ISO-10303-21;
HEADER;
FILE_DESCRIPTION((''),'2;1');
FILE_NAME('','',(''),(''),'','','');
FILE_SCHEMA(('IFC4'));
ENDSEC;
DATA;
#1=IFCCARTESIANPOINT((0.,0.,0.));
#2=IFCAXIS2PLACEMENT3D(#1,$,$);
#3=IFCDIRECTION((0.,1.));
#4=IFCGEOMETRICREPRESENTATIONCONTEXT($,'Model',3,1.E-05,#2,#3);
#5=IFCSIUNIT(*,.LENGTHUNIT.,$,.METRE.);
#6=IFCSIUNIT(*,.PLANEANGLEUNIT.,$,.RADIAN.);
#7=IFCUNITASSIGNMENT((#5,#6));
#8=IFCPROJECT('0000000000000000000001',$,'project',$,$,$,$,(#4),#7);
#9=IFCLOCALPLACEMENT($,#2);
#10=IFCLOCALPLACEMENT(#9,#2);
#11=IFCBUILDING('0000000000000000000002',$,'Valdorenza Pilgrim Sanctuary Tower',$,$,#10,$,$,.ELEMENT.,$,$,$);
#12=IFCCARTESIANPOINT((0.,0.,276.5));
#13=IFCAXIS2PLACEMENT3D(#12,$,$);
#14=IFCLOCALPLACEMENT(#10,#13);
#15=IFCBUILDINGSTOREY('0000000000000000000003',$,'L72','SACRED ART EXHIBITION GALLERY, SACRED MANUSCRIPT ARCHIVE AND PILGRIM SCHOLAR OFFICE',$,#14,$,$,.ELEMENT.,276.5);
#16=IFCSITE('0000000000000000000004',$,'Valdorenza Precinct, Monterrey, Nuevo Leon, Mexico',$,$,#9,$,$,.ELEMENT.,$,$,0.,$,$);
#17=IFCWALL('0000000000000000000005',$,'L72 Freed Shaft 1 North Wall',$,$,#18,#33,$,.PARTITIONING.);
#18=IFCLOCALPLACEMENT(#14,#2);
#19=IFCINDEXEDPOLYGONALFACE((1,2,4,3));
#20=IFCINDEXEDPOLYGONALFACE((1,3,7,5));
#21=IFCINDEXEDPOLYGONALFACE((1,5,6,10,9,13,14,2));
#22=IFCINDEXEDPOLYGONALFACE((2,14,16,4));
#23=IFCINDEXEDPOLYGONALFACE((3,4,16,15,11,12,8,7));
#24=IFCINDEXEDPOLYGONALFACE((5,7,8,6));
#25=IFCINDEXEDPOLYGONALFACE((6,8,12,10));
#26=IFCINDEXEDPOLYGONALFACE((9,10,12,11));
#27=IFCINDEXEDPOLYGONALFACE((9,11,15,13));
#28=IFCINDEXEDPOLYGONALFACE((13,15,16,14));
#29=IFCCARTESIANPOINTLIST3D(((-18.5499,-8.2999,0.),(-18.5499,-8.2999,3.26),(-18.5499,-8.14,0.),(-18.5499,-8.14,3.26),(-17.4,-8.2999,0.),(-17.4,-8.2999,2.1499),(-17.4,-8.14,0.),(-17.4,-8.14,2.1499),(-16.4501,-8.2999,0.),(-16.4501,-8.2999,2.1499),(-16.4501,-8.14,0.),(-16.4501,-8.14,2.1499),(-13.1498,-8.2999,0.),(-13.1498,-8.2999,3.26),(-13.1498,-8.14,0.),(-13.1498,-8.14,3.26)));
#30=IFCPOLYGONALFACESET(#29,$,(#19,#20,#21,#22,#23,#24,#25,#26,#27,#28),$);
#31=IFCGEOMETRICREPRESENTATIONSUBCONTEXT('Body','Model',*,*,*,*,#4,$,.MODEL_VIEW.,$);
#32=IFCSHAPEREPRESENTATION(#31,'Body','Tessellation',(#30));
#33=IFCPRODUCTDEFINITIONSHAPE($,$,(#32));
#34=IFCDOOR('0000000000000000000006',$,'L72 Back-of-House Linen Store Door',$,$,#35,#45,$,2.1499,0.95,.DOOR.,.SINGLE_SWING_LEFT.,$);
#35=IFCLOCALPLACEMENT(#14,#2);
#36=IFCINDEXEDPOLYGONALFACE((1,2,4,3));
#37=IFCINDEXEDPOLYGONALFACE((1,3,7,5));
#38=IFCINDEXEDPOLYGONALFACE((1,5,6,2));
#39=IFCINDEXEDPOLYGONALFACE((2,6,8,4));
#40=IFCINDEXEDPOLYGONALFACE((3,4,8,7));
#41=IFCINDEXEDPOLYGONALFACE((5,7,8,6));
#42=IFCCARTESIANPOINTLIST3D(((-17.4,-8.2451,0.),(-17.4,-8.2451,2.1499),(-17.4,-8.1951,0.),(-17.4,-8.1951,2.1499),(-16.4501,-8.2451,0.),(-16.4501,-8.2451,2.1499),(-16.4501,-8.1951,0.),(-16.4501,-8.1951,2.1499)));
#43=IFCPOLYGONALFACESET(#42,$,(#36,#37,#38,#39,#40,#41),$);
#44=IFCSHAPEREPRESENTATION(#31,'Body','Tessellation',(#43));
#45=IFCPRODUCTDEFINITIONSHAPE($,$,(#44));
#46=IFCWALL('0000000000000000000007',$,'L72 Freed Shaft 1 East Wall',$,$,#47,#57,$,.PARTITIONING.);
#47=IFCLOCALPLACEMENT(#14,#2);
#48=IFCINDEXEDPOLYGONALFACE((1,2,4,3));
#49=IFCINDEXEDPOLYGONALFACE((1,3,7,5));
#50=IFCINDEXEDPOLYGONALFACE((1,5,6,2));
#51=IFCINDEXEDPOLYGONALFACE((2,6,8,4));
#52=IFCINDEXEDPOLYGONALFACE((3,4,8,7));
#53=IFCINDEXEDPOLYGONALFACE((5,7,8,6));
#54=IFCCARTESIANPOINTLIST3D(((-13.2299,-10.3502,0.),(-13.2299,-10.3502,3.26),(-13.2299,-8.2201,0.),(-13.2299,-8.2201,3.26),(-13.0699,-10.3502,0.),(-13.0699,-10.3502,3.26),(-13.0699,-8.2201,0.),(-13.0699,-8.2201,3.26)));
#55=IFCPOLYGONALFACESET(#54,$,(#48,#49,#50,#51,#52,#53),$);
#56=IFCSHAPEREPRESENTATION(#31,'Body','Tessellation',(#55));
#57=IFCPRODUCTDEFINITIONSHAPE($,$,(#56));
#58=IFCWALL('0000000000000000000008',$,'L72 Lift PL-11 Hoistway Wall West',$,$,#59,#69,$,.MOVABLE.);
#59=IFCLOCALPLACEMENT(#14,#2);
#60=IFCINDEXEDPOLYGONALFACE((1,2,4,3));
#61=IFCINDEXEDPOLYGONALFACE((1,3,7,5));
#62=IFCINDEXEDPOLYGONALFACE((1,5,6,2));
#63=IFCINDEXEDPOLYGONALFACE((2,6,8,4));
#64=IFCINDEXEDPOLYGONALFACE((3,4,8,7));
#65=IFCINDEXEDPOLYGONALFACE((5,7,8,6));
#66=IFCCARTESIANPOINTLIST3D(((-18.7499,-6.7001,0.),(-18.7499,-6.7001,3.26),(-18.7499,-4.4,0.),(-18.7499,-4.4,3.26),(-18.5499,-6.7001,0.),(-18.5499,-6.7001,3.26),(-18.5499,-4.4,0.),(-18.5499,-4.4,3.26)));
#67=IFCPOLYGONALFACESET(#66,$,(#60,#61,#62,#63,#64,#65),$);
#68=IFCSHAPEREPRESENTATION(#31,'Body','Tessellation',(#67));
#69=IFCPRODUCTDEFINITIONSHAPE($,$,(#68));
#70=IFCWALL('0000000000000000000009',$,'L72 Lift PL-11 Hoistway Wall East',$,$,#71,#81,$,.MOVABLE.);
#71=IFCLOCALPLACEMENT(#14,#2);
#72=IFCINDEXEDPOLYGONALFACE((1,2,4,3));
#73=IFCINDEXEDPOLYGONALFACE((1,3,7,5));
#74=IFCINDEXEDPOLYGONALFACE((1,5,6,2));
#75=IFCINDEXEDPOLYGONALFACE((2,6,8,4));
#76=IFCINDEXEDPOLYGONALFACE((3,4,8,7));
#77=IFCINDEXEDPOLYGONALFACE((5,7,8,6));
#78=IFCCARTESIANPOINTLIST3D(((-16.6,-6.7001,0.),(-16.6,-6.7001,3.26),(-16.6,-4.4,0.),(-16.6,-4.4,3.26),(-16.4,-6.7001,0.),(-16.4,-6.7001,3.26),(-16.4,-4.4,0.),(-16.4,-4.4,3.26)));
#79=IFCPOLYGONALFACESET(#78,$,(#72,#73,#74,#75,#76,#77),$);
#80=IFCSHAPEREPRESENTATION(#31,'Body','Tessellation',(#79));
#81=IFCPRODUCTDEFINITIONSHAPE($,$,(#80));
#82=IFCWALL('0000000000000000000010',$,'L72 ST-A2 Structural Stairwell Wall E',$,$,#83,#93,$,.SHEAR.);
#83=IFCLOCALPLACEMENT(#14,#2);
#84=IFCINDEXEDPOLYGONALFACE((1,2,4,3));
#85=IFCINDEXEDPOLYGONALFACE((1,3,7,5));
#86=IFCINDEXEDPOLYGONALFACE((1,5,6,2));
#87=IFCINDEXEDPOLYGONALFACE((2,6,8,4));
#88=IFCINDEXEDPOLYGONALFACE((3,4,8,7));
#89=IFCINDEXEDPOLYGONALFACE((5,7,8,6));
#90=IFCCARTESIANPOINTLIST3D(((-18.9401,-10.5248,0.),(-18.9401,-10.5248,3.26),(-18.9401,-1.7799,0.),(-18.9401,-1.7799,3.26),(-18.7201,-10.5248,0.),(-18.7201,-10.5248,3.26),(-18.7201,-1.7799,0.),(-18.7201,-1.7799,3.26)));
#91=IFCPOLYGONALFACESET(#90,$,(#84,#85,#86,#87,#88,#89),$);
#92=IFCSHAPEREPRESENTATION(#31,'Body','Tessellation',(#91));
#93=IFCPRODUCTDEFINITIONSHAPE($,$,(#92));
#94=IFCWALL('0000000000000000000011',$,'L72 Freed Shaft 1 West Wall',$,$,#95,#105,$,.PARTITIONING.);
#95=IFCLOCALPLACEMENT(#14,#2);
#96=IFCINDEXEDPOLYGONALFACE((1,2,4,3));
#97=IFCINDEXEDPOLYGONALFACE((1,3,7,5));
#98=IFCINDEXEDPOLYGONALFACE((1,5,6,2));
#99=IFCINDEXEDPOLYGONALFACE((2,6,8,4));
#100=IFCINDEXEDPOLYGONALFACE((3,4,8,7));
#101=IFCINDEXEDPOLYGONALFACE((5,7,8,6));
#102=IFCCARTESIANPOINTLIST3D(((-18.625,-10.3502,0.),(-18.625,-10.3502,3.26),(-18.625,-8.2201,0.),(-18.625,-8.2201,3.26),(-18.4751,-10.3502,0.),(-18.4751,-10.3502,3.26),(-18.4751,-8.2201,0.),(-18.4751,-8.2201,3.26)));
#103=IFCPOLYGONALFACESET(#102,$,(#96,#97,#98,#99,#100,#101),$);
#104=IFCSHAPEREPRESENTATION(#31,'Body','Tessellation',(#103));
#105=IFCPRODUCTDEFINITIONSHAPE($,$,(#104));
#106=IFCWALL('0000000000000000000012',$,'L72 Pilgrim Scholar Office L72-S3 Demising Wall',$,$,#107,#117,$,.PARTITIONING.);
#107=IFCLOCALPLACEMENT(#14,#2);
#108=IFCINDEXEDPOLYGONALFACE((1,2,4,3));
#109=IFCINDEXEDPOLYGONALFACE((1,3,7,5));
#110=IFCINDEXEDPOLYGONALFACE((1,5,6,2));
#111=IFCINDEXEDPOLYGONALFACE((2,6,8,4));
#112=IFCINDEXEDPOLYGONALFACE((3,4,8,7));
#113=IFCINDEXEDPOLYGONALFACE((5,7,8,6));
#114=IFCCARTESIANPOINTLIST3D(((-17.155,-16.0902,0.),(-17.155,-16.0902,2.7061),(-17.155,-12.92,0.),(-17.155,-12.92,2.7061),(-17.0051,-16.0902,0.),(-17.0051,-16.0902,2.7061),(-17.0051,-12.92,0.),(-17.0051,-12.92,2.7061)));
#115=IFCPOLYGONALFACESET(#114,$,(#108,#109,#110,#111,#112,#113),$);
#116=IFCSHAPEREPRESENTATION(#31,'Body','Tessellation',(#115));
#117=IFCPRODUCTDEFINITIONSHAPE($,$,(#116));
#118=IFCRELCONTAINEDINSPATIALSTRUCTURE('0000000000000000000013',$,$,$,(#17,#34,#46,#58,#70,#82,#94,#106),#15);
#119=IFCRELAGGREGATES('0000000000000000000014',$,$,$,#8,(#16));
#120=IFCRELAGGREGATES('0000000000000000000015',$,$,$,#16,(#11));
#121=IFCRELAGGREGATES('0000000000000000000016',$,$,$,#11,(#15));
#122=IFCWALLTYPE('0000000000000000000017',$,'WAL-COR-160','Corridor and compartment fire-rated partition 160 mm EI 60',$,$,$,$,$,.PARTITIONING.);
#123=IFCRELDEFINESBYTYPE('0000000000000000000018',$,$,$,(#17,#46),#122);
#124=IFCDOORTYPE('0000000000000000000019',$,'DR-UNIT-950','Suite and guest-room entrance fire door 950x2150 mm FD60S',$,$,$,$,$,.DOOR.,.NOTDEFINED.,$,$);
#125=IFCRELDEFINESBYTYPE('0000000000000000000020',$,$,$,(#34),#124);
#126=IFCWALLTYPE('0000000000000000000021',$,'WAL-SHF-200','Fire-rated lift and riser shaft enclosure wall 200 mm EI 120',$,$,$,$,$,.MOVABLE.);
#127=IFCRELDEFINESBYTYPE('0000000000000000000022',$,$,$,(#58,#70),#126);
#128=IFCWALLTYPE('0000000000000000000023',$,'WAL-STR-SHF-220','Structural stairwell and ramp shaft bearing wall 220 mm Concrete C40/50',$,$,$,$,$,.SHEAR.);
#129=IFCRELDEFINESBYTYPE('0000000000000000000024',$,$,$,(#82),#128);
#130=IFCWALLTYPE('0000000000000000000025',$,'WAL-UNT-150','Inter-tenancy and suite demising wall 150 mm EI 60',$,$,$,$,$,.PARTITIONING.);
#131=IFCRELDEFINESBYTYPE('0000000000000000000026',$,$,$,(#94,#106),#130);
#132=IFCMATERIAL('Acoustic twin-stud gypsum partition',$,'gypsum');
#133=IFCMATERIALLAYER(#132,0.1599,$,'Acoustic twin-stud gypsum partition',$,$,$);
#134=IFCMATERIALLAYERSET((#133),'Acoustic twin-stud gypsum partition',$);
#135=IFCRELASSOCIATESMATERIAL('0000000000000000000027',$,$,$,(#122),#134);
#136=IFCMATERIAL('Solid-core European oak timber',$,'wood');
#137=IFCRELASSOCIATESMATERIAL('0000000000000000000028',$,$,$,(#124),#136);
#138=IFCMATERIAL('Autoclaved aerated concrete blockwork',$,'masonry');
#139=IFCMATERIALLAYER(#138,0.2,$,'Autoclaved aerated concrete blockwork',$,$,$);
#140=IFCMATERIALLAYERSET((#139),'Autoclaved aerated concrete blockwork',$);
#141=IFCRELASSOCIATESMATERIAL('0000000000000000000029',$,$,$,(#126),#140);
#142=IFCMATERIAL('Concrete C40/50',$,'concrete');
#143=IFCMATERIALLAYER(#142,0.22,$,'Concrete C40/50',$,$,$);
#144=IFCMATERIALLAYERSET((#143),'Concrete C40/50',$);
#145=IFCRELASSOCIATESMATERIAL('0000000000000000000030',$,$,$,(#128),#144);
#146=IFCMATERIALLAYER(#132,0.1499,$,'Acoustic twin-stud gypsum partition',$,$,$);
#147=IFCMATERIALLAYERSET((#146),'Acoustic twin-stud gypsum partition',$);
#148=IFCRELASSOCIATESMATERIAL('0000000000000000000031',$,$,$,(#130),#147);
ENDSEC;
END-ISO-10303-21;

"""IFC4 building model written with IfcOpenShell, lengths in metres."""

from ifc_helpers import new_model, si_unit, direction, frame, frame_2d, origin, place, context, subcontext, project, spatial, rectangle, extrude, material, layer, layer_set, type_object, element, fill, save


model = new_model("IFC4")

# Units and contexts
model_context = context("Model", 3, precision=1e-05, world=origin(), true_north=direction((0.0, 1.0)))
body_context = subcontext(model_context, "Body", "Model", "MODEL_VIEW")
ifc_project = project(units=[si_unit("LENGTHUNIT", "METRE"), si_unit("PLANEANGLEUNIT", "RADIAN")], contexts=[model_context])

# Site, building, storey
site_placement = place(None, origin())
site = spatial("IfcSite", under=ifc_project, at=site_placement, Name="Valdorenza Precinct, Monterrey, Nuevo Leon, Mexico", CompositionType="ELEMENT", RefElevation=0.0)
building_placement = place(site_placement, origin())
building = spatial("IfcBuilding", under=site, at=building_placement, Name="Valdorenza Pilgrim Sanctuary Tower", CompositionType="ELEMENT")
storey_placement = place(building_placement, frame((0.0, 0.0, 276.5)))
storey = spatial("IfcBuildingStorey", under=building, at=storey_placement, Name="L72", Description="SACRED ART EXHIBITION GALLERY, SACRED MANUSCRIPT ARCHIVE AND PILGRIM SCHOLAR OFFICE", CompositionType="ELEMENT", Elevation=276.5)

# Shared definitions
ifc_material_1 = material(Name="Acoustic twin-stud gypsum partition", Category="gypsum")
ifc_layer_1 = layer(ifc_material_1, 0.1599, Name="Acoustic twin-stud gypsum partition")
ifc_layer_set_1 = layer_set([ifc_layer_1], Name="Acoustic twin-stud gypsum partition")
wall_type_1 = type_object("IfcWallType", Name="WAL-COR-160", Description="Corridor and compartment fire-rated partition 160 mm EI 60", PredefinedType="PARTITIONING", material=ifc_layer_set_1)

# Wall, opening, door
wall_1_placement = place(storey_placement, frame((-18.55, -8.22, 0.0), z_axis=(0.0, 0.0, 1.0), x_axis=(1.0, 0.0, 0.0)))
wall_1 = element("IfcWall", 1, at=wall_1_placement, inside=storey, type_object=wall_type_1, Name="L72 Freed Shaft 1 North Wall", PredefinedType="PARTITIONING", context=body_context, shape_type="SweptSolid", body=[
    extrude(rectangle(XDim=5.4001, YDim=0.1599, at=frame_2d((2.7002, 0.0))), origin(), (0.0, 0.0, 1.0), 3.26),
])
opening_placement = place(wall_1_placement, frame((1.1499, 0.0, 0.0)))
opening = element("IfcOpeningElement", 2, at=opening_placement, cuts=wall_1, PredefinedType="OPENING", context=body_context, shape_type="SweptSolid", body=[
    extrude(rectangle(XDim=0.95, YDim=2.1499, at=frame_2d((0.4751, 1.075))), frame((0.0, 0.0947, 0.0), z_axis=(0.0, -1.0, 0.0), x_axis=(1.0, 0.0, 0.0)), (0.0, 0.0, 1.0), 0.1897),
])
ifc_material_2 = material(Name="Solid-core European oak timber", Category="wood")
door_type = type_object("IfcDoorType", Name="DR-UNIT-950", Description="Suite and guest-room entrance fire door 950x2150 mm FD60S", OperationType="NOTDEFINED", PredefinedType="DOOR", material=ifc_material_2)
door_placement = place(opening_placement, origin())
door = element("IfcDoor", 3, at=door_placement, inside=storey, type_object=door_type, Name="L72 Back-of-House Linen Store Door", OperationType="SINGLE_SWING_LEFT", OverallHeight=2.1499, OverallWidth=0.95, PredefinedType="DOOR", context=body_context, shape_type="SweptSolid", body=[
    extrude(rectangle(XDim=0.95, YDim=2.1499, at=frame_2d((0.4751, 1.075))), frame((0.0, 0.0249, 0.0), z_axis=(0.0, -1.0, 0.0), x_axis=(1.0, 0.0, 0.0)), (0.0, 0.0, 1.0), 0.05),
])
fill(opening, door)

# Walls
wall_2_placement = place(storey_placement, frame((-13.1499, -10.3501, 0.0), z_axis=(0.0, 0.0, 1.0), x_axis=(0.0, 1.0, 0.0)))
element("IfcWall", 4, at=wall_2_placement, inside=storey, type_object=wall_type_1, Name="L72 Freed Shaft 1 East Wall", PredefinedType="PARTITIONING", context=body_context, shape_type="SweptSolid", body=[
    extrude(rectangle(XDim=2.1301, YDim=0.1599, at=frame_2d((1.0649, 0.0))), origin(), (0.0, 0.0, 1.0), 3.26),
])
ifc_material_3 = material(Name="Autoclaved aerated concrete blockwork", Category="masonry")
ifc_layer_2 = layer(ifc_material_3, 0.2, Name="Autoclaved aerated concrete blockwork")
ifc_layer_set_2 = layer_set([ifc_layer_2], Name="Autoclaved aerated concrete blockwork")
wall_type_2 = type_object("IfcWallType", Name="WAL-SHF-200", Description="Fire-rated lift and riser shaft enclosure wall 200 mm EI 120", PredefinedType="MOVABLE", material=ifc_layer_set_2)
for number, where, z_axis, x_axis, name in (
    (5, (-18.6499, -6.7, 0.0), (0.0, 0.0, 1.0), (0.0, 1.0, 0.0), "L72 Lift PL-11 Hoistway Wall West"),
    (6, (-16.5, -6.7, 0.0), (0.0, 0.0, 1.0), (0.0, 1.0, 0.0), "L72 Lift PL-11 Hoistway Wall East"),
):
    element("IfcWall", number, at=place(storey_placement, frame(where, z_axis=z_axis, x_axis=x_axis)), inside=storey, type_object=wall_type_2, Name=name, PredefinedType="MOVABLE", context=body_context, shape_type="SweptSolid", body=[
        extrude(rectangle(XDim=2.3, YDim=0.2, at=frame_2d((1.1499, 0.0))), origin(), (0.0, 0.0, 1.0), 3.26),
    ])
ifc_material_4 = material(Name="Concrete C40/50", Category="concrete")
ifc_layer_3 = layer(ifc_material_4, 0.22, Name="Concrete C40/50")
ifc_layer_set_3 = layer_set([ifc_layer_3], Name="Concrete C40/50")
wall_type_3 = type_object("IfcWallType", Name="WAL-STR-SHF-220", Description="Structural stairwell and ramp shaft bearing wall 220 mm Concrete C40/50", PredefinedType="SHEAR", material=ifc_layer_set_3)
wall_3_placement = place(storey_placement, frame((-18.8301, -10.5249, 0.0), z_axis=(0.0, 0.0, 1.0), x_axis=(0.0, 1.0, 0.0)))
element("IfcWall", 7, at=wall_3_placement, inside=storey, type_object=wall_type_3, Name="L72 ST-A2 Structural Stairwell Wall E", PredefinedType="SHEAR", context=body_context, shape_type="SweptSolid", body=[
    extrude(rectangle(XDim=8.7449, YDim=0.22, at=frame_2d((4.3726, 0.0))), origin(), (0.0, 0.0, 1.0), 3.26),
])
ifc_layer_4 = layer(ifc_material_1, 0.1499, Name="Acoustic twin-stud gypsum partition")
ifc_layer_set_4 = layer_set([ifc_layer_4], Name="Acoustic twin-stud gypsum partition")
wall_type_4 = type_object("IfcWallType", Name="WAL-UNT-150", Description="Inter-tenancy and suite demising wall 150 mm EI 60", PredefinedType="PARTITIONING", material=ifc_layer_set_4)
wall_4_placement = place(storey_placement, frame((-18.55, -10.3501, 0.0), z_axis=(0.0, 0.0, 1.0), x_axis=(0.0, 1.0, 0.0)))
element("IfcWall", 8, at=wall_4_placement, inside=storey, type_object=wall_type_4, Name="L72 Freed Shaft 1 West Wall", PredefinedType="PARTITIONING", context=body_context, shape_type="SweptSolid", body=[
    extrude(rectangle(XDim=2.1301, YDim=0.1499, at=frame_2d((1.0649, 0.0))), origin(), (0.0, 0.0, 1.0), 3.26),
])
wall_5_placement = place(storey_placement, frame((-17.0801, -16.0901, 0.0), z_axis=(0.0, 0.0, 1.0), x_axis=(0.0, 1.0, 0.0)))
element("IfcWall", 9, at=wall_5_placement, inside=storey, type_object=wall_type_4, Name="L72 Pilgrim Scholar Office L72-S3 Demising Wall", PredefinedType="PARTITIONING", context=body_context, shape_type="SweptSolid", body=[
    extrude(rectangle(XDim=3.1702, YDim=0.1499, at=frame_2d((1.585, 0.0))), origin(), (0.0, 0.0, 1.0), 2.7061),
])

save(model, "model.ifc")
